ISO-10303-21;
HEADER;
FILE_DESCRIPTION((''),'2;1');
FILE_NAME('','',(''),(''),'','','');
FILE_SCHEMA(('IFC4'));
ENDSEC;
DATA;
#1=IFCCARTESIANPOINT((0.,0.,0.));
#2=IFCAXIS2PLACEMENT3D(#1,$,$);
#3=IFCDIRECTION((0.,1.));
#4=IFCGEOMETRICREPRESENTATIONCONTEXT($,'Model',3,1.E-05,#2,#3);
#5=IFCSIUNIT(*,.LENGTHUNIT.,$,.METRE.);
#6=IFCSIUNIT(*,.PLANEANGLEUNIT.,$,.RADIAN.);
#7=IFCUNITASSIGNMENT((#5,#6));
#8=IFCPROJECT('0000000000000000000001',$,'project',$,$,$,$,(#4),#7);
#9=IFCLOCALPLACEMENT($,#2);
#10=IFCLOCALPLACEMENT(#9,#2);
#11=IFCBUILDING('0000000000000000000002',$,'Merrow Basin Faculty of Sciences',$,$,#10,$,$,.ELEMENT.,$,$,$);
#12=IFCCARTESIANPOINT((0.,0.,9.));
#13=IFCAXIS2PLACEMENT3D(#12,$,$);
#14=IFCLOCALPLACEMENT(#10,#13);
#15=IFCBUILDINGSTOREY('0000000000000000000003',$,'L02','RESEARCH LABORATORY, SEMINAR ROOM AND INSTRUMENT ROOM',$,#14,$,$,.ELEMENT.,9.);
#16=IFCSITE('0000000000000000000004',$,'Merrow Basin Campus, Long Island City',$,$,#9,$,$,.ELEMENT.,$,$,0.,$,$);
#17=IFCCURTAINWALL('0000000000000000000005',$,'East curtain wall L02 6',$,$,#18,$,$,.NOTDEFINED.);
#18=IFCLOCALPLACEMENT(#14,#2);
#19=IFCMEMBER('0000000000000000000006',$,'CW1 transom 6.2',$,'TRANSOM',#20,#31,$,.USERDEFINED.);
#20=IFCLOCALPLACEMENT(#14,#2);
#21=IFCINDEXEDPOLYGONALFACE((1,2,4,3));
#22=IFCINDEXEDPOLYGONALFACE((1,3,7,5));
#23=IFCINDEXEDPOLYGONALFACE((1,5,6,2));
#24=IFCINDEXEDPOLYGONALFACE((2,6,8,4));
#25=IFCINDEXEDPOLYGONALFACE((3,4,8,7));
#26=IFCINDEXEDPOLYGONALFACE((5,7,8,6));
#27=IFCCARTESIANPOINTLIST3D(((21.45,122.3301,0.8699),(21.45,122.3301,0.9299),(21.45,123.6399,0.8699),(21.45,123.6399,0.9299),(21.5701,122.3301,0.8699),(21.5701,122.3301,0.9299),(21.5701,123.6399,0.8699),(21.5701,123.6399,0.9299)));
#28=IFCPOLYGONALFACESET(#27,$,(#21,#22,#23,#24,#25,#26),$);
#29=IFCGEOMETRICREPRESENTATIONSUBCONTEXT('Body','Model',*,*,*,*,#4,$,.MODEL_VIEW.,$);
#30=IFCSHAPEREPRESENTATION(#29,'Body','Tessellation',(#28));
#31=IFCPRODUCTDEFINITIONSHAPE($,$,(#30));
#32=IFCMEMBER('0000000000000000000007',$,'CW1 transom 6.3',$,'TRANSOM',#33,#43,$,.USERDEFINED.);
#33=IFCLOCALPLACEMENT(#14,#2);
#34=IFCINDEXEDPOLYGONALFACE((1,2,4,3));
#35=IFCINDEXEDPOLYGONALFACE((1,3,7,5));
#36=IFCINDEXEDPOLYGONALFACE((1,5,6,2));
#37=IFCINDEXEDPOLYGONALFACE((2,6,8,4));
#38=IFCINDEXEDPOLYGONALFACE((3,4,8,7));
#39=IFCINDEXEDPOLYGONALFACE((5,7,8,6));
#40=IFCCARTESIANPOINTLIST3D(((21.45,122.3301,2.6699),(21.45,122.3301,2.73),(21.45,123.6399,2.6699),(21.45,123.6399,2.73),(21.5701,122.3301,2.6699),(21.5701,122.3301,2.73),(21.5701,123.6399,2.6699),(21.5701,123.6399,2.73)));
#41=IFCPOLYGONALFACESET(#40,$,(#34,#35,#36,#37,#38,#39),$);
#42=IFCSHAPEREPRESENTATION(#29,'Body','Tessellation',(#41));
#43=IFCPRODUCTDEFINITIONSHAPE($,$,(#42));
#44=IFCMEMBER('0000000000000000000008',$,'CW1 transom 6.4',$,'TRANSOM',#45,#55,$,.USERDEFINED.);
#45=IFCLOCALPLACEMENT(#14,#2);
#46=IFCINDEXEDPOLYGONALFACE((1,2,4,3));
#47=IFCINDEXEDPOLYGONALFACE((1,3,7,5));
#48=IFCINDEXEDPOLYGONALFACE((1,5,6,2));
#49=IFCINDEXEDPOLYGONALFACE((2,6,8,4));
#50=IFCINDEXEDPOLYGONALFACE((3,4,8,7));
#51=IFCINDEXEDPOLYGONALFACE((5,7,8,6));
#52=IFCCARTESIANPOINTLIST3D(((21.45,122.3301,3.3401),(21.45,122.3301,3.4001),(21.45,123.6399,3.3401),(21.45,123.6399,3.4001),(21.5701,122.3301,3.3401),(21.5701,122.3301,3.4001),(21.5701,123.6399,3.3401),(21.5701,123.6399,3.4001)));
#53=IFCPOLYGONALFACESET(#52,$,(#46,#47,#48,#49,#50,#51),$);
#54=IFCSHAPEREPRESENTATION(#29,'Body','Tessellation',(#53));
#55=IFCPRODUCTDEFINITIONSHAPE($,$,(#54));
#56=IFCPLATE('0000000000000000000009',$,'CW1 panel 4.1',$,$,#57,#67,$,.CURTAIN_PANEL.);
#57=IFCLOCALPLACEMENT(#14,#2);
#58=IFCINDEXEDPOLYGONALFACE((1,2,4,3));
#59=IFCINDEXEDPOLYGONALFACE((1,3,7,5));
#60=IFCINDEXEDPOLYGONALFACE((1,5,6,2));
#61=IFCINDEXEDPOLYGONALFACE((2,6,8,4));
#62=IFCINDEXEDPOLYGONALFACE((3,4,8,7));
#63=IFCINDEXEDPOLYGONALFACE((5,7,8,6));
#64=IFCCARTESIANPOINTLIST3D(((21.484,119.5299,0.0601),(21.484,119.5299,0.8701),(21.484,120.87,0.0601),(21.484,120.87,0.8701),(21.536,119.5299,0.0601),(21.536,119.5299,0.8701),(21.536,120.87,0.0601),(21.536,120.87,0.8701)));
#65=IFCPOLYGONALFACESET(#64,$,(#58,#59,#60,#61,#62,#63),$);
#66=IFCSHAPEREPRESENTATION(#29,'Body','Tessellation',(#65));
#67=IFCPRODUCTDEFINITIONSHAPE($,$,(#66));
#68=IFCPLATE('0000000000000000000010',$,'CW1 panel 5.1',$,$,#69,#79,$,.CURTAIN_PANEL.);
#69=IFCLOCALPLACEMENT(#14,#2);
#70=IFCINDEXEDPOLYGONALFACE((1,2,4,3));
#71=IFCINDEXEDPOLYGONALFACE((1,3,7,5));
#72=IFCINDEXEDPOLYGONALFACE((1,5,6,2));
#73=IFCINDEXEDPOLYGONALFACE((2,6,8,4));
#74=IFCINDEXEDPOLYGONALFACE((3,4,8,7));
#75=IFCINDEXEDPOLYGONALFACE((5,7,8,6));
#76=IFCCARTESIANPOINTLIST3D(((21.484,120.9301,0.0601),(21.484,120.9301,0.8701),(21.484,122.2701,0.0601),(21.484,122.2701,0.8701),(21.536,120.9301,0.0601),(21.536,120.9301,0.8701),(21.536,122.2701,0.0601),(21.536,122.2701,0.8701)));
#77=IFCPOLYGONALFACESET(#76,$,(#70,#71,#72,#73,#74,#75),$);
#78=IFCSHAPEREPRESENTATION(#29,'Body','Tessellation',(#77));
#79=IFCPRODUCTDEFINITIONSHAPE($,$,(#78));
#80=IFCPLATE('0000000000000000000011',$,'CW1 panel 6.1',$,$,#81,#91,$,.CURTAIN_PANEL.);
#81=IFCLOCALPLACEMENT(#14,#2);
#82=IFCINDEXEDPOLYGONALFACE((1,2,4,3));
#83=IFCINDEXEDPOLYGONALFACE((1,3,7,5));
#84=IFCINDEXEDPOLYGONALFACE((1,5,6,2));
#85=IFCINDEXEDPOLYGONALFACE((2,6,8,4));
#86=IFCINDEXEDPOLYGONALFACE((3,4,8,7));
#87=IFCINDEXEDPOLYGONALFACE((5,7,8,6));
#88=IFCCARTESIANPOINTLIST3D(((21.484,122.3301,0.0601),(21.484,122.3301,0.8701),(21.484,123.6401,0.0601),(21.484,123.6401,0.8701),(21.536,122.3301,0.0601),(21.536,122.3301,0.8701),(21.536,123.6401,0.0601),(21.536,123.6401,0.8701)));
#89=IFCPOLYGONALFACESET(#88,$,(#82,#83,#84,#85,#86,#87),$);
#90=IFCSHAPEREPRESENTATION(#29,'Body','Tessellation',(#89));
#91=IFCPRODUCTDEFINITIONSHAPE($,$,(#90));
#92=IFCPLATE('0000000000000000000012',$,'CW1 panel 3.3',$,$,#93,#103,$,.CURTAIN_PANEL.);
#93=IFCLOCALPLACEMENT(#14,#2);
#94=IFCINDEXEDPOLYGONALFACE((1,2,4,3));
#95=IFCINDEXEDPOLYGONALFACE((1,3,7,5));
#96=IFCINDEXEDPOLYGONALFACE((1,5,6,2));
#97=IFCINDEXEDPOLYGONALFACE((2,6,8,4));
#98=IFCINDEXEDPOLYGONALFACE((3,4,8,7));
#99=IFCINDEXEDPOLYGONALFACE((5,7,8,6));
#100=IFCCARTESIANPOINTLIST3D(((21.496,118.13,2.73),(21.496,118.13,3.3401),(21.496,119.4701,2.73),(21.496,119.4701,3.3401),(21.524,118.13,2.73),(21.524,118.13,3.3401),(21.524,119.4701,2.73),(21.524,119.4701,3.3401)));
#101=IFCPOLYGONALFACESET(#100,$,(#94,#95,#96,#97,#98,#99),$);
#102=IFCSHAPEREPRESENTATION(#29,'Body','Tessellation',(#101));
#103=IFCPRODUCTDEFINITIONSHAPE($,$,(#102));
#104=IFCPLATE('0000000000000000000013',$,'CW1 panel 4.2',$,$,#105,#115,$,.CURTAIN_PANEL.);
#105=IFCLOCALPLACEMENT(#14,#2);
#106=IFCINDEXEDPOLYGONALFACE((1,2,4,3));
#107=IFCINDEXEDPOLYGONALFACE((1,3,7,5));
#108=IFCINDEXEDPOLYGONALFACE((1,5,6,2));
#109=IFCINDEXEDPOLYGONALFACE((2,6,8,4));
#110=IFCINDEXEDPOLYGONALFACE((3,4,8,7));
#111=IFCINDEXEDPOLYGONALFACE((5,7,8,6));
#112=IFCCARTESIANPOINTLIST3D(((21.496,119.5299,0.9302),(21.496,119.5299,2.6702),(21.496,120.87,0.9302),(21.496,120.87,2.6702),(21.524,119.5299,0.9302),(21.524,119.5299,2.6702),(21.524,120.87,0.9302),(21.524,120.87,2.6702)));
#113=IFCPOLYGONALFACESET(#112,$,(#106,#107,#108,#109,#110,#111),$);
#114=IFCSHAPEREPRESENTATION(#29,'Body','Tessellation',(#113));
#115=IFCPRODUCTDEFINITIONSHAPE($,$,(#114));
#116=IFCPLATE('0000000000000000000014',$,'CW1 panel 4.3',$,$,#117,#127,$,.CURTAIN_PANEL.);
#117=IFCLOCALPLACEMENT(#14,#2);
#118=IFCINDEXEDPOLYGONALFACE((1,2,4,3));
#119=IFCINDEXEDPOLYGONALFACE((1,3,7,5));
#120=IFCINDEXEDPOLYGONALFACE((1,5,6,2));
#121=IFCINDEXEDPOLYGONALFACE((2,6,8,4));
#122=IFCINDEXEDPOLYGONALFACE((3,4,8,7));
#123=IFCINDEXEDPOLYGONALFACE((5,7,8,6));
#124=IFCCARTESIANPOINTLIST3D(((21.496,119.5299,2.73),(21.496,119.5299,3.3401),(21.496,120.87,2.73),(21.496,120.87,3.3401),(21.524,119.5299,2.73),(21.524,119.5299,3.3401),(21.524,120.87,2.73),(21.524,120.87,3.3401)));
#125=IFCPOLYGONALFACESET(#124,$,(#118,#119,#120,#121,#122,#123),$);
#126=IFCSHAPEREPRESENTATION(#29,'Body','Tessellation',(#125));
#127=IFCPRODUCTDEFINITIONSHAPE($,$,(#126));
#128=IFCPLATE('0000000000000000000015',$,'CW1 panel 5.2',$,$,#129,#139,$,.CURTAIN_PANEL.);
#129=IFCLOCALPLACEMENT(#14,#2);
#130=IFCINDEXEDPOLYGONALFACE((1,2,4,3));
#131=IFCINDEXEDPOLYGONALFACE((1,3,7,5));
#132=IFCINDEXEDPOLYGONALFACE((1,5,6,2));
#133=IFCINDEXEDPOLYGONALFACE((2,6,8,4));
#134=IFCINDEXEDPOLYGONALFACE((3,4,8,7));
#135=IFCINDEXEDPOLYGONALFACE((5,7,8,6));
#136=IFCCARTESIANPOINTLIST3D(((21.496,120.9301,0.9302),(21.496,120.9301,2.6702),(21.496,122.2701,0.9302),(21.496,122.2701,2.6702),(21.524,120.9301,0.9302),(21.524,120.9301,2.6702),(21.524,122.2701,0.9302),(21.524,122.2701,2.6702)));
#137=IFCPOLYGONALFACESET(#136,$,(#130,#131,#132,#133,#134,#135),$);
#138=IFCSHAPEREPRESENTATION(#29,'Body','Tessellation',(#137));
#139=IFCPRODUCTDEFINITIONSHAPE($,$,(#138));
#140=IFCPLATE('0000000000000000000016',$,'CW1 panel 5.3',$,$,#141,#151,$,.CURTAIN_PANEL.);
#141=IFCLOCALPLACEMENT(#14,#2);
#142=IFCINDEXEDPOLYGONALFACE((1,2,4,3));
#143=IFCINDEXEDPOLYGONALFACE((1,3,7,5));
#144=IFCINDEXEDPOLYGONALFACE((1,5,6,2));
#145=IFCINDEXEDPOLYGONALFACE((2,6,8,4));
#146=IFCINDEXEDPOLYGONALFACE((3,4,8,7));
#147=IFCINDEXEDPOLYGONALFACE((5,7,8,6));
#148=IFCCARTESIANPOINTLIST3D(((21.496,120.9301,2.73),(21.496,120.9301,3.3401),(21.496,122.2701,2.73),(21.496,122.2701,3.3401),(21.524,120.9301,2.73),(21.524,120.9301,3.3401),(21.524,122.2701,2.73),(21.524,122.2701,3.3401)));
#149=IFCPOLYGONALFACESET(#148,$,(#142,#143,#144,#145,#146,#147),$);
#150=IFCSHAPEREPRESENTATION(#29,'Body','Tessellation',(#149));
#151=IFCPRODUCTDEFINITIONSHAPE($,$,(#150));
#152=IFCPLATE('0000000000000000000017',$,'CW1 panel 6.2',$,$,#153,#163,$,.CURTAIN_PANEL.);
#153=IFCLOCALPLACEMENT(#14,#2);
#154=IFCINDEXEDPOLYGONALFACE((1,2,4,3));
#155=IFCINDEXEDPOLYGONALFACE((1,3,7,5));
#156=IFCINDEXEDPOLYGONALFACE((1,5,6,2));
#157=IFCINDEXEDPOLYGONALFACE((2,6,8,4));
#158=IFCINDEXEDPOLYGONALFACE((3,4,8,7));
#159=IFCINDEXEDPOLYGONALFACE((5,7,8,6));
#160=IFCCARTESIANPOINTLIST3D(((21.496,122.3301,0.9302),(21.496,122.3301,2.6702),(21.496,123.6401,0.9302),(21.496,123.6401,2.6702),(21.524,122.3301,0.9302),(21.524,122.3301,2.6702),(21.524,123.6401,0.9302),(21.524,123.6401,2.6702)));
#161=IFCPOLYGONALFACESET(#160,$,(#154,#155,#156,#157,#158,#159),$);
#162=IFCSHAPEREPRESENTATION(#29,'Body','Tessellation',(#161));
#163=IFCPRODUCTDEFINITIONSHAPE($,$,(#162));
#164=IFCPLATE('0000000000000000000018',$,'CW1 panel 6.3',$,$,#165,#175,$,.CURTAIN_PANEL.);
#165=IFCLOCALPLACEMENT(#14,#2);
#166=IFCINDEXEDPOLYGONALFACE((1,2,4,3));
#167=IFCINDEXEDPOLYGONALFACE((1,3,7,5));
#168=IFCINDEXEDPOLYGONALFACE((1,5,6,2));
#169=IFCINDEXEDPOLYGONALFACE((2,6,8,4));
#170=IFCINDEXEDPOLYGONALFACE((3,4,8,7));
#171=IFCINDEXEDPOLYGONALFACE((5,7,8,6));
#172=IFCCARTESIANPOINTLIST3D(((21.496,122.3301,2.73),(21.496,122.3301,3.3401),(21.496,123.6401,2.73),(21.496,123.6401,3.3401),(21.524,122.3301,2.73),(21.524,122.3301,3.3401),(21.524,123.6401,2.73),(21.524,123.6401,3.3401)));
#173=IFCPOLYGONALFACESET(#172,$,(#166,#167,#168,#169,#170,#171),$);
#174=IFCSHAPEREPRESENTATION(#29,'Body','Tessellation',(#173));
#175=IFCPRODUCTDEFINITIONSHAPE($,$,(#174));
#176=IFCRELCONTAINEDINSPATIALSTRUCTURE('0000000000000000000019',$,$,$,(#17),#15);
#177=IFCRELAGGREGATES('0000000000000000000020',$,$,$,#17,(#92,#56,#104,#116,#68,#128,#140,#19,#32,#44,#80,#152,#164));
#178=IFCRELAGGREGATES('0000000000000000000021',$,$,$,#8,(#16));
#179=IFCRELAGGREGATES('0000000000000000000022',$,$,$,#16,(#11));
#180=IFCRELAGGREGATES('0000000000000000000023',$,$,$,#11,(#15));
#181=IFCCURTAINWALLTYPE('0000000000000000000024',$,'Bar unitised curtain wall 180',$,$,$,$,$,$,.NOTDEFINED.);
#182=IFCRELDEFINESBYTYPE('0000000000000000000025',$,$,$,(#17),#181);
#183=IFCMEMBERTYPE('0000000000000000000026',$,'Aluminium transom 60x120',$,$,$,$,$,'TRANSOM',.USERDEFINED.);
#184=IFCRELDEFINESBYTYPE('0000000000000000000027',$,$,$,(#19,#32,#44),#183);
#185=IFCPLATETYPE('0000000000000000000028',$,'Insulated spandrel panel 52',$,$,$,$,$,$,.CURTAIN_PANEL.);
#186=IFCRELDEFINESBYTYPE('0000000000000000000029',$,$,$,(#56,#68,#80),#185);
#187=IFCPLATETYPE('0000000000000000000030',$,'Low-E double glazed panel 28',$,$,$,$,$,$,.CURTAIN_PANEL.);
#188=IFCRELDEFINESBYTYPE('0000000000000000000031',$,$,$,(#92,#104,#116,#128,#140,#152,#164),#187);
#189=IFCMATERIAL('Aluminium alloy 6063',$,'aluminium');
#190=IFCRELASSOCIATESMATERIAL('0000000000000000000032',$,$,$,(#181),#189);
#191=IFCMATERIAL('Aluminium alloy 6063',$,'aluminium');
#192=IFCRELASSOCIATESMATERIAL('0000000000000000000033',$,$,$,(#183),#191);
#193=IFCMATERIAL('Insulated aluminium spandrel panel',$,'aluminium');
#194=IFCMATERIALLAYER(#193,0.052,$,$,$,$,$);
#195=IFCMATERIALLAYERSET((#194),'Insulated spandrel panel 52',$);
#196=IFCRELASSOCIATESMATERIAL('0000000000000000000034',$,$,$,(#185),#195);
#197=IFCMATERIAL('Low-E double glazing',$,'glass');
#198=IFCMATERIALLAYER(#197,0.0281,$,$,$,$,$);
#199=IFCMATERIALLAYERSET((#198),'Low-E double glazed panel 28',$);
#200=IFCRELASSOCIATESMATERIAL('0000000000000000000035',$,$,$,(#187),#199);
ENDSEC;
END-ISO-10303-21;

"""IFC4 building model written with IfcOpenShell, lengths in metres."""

from ifc_helpers import new_model, si_unit, direction, frame, origin, origin_2d, place, context, subcontext, project, spatial, rectangle, extrude, material, layer, layer_set, material_profile, profile_set, type_object, element, aggregate, save


model = new_model("IFC4")

# Units and contexts
model_context = context("Model", 3, precision=1e-05, world=origin(), true_north=direction((0.0, 1.0)))
body_context = subcontext(model_context, "Body", "Model", "MODEL_VIEW")
ifc_project = project(units=[si_unit("LENGTHUNIT", "METRE"), si_unit("PLANEANGLEUNIT", "RADIAN")], contexts=[model_context])

# Site, building, storey
site_placement = place(None, origin())
site = spatial("IfcSite", under=ifc_project, at=site_placement, Name="Merrow Basin Campus, Long Island City", CompositionType="ELEMENT", RefElevation=0.0)
building_placement = place(site_placement, origin())
building = spatial("IfcBuilding", under=site, at=building_placement, Name="Merrow Basin Faculty of Sciences", CompositionType="ELEMENT")
storey_placement = place(building_placement, frame((0.0, 0.0, 9.0)))
storey = spatial("IfcBuildingStorey", under=building, at=storey_placement, Name="L02", Description="RESEARCH LABORATORY, SEMINAR ROOM AND INSTRUMENT ROOM", CompositionType="ELEMENT", Elevation=9.0)

# Curtain wall, members, plates
ifc_material_1 = material(Name="Aluminium alloy 6063", Category="aluminium")
curtain_wall_type = type_object("IfcCurtainWallType", Name="Bar unitised curtain wall 180", PredefinedType="NOTDEFINED", material=ifc_material_1)
curtain_wall_placement = place(storey_placement, origin())
curtain_wall = element("IfcCurtainWall", 1, at=curtain_wall_placement, inside=storey, type_object=curtain_wall_type, Name="East curtain wall L02 6", PredefinedType="NOTDEFINED")
ifc_material_2 = material(Name="Aluminium alloy 6063", Category="aluminium")
ifc_material_profile_1 = material_profile(ifc_material_2, rectangle(XDim=0.1201, YDim=0.0601, at=origin_2d()))
ifc_profile_set_1 = profile_set([ifc_material_profile_1], Name="Aluminium alloy 6063")
member_type_1 = type_object("IfcMemberType", Name="Aluminium transom 60x120", ElementType="TRANSOM", PredefinedType="USERDEFINED", material=ifc_profile_set_1)
member_1_placement = place(storey_placement, frame((21.51, 122.3301, 0.8999), z_axis=(0.0, 1.0, 0.0), x_axis=(-1.0, 0.0, 0.0)))
member_1 = element("IfcMember", 2, at=member_1_placement, type_object=member_type_1, Name="CW1 transom 6.2", ObjectType="TRANSOM", PredefinedType="USERDEFINED", context=body_context, shape_type="SweptSolid", body=[
    extrude(rectangle(XDim=0.1201, YDim=0.0601, at=origin_2d()), origin(), (0.0, 0.0, 1.0), 1.3098),
])
member_2_placement = place(storey_placement, frame((21.51, 122.3301, 2.7), z_axis=(0.0, 1.0, 0.0), x_axis=(-1.0, 0.0, 0.0)))
member_2 = element("IfcMember", 3, at=member_2_placement, type_object=member_type_1, Name="CW1 transom 6.3", ObjectType="TRANSOM", PredefinedType="USERDEFINED", context=body_context, shape_type="SweptSolid", body=[
    extrude(rectangle(XDim=0.1201, YDim=0.0601, at=origin_2d()), origin(), (0.0, 0.0, 1.0), 1.3098),
])
member_3_placement = place(storey_placement, frame((21.51, 122.3301, 3.3701), z_axis=(0.0, 1.0, 0.0), x_axis=(-1.0, 0.0, 0.0)))
member_3 = element("IfcMember", 4, at=member_3_placement, type_object=member_type_1, Name="CW1 transom 6.4", ObjectType="TRANSOM", PredefinedType="USERDEFINED", context=body_context, shape_type="SweptSolid", body=[
    extrude(rectangle(XDim=0.1201, YDim=0.0601, at=origin_2d()), origin(), (0.0, 0.0, 1.0), 1.3098),
])
ifc_material_3 = material(Name="Insulated aluminium spandrel panel", Category="aluminium")
ifc_layer_1 = layer(ifc_material_3, 0.052)
ifc_layer_set_1 = layer_set([ifc_layer_1], Name="Insulated spandrel panel 52")
plate_type_1 = type_object("IfcPlateType", Name="Insulated spandrel panel 52", PredefinedType="CURTAIN_PANEL", material=ifc_layer_set_1)
plate_1_placement = place(storey_placement, frame((21.51, 120.2, 0.0601), z_axis=(0.0, 0.0, 1.0), x_axis=(0.0, 1.0, 0.0)))
plate_1 = element("IfcPlate", 5, at=plate_1_placement, type_object=plate_type_1, Name="CW1 panel 4.1", PredefinedType="CURTAIN_PANEL", context=body_context, shape_type="SweptSolid", body=[
    extrude(rectangle(XDim=1.3401, YDim=0.052, at=origin_2d()), origin(), (0.0, 0.0, 1.0), 0.8101),
])
plate_2_placement = place(storey_placement, frame((21.51, 121.6001, 0.0601), z_axis=(0.0, 0.0, 1.0), x_axis=(0.0, 1.0, 0.0)))
plate_2 = element("IfcPlate", 6, at=plate_2_placement, type_object=plate_type_1, Name="CW1 panel 5.1", PredefinedType="CURTAIN_PANEL", context=body_context, shape_type="SweptSolid", body=[
    extrude(rectangle(XDim=1.3401, YDim=0.052, at=origin_2d()), origin(), (0.0, 0.0, 1.0), 0.8101),
])
plate_3_placement = place(storey_placement, frame((21.51, 122.9851, 0.0601), z_axis=(0.0, 0.0, 1.0), x_axis=(0.0, 1.0, 0.0)))
plate_3 = element("IfcPlate", 7, at=plate_3_placement, type_object=plate_type_1, Name="CW1 panel 6.1", PredefinedType="CURTAIN_PANEL", context=body_context, shape_type="SweptSolid", body=[
    extrude(rectangle(XDim=1.3101, YDim=0.052, at=origin_2d()), origin(), (0.0, 0.0, 1.0), 0.8101),
])
ifc_material_4 = material(Name="Low-E double glazing", Category="glass")
ifc_layer_2 = layer(ifc_material_4, 0.0281)
ifc_layer_set_2 = layer_set([ifc_layer_2], Name="Low-E double glazed panel 28")
plate_type_2 = type_object("IfcPlateType", Name="Low-E double glazed panel 28", PredefinedType="CURTAIN_PANEL", material=ifc_layer_set_2)
plate_4_placement = place(storey_placement, frame((21.51, 118.8, 2.73), z_axis=(0.0, 0.0, 1.0), x_axis=(0.0, 1.0, 0.0)))
plate_4 = element("IfcPlate", 8, at=plate_4_placement, type_object=plate_type_2, Name="CW1 panel 3.3", PredefinedType="CURTAIN_PANEL", context=body_context, shape_type="SweptSolid", body=[
    extrude(rectangle(XDim=1.3401, YDim=0.0281, at=origin_2d()), origin(), (0.0, 0.0, 1.0), 0.6101),
])
plate_5_placement = place(storey_placement, frame((21.51, 120.2, 0.9302), z_axis=(0.0, 0.0, 1.0), x_axis=(0.0, 1.0, 0.0)))
plate_5 = element("IfcPlate", 9, at=plate_5_placement, type_object=plate_type_2, Name="CW1 panel 4.2", PredefinedType="CURTAIN_PANEL", context=body_context, shape_type="SweptSolid", body=[
    extrude(rectangle(XDim=1.3401, YDim=0.0281, at=origin_2d()), origin(), (0.0, 0.0, 1.0), 1.74),
])
plate_6_placement = place(storey_placement, frame((21.51, 120.2, 2.73), z_axis=(0.0, 0.0, 1.0), x_axis=(0.0, 1.0, 0.0)))
plate_6 = element("IfcPlate", 10, at=plate_6_placement, type_object=plate_type_2, Name="CW1 panel 4.3", PredefinedType="CURTAIN_PANEL", context=body_context, shape_type="SweptSolid", body=[
    extrude(rectangle(XDim=1.3401, YDim=0.0281, at=origin_2d()), origin(), (0.0, 0.0, 1.0), 0.6101),
])
plate_7_placement = place(storey_placement, frame((21.51, 121.6001, 0.9302), z_axis=(0.0, 0.0, 1.0), x_axis=(0.0, 1.0, 0.0)))
plate_7 = element("IfcPlate", 11, at=plate_7_placement, type_object=plate_type_2, Name="CW1 panel 5.2", PredefinedType="CURTAIN_PANEL", context=body_context, shape_type="SweptSolid", body=[
    extrude(rectangle(XDim=1.3401, YDim=0.0281, at=origin_2d()), origin(), (0.0, 0.0, 1.0), 1.74),
])
plate_8_placement = place(storey_placement, frame((21.51, 121.6001, 2.73), z_axis=(0.0, 0.0, 1.0), x_axis=(0.0, 1.0, 0.0)))
plate_8 = element("IfcPlate", 12, at=plate_8_placement, type_object=plate_type_2, Name="CW1 panel 5.3", PredefinedType="CURTAIN_PANEL", context=body_context, shape_type="SweptSolid", body=[
    extrude(rectangle(XDim=1.3401, YDim=0.0281, at=origin_2d()), origin(), (0.0, 0.0, 1.0), 0.6101),
])
plate_9_placement = place(storey_placement, frame((21.51, 122.9851, 0.9302), z_axis=(0.0, 0.0, 1.0), x_axis=(0.0, 1.0, 0.0)))
plate_9 = element("IfcPlate", 13, at=plate_9_placement, type_object=plate_type_2, Name="CW1 panel 6.2", PredefinedType="CURTAIN_PANEL", context=body_context, shape_type="SweptSolid", body=[
    extrude(rectangle(XDim=1.3101, YDim=0.0281, at=origin_2d()), origin(), (0.0, 0.0, 1.0), 1.74),
])
plate_10_placement = place(storey_placement, frame((21.51, 122.9851, 2.73), z_axis=(0.0, 0.0, 1.0), x_axis=(0.0, 1.0, 0.0)))
plate_10 = element("IfcPlate", 14, at=plate_10_placement, type_object=plate_type_2, Name="CW1 panel 6.3", PredefinedType="CURTAIN_PANEL", context=body_context, shape_type="SweptSolid", body=[
    extrude(rectangle(XDim=1.3101, YDim=0.0281, at=origin_2d()), origin(), (0.0, 0.0, 1.0), 0.6101),
])
aggregate(curtain_wall, [plate_4, plate_1, plate_5, plate_6, plate_2, plate_7, plate_8, member_1, member_2, member_3, plate_3, plate_9, plate_10])

save(model, "model.ifc")
